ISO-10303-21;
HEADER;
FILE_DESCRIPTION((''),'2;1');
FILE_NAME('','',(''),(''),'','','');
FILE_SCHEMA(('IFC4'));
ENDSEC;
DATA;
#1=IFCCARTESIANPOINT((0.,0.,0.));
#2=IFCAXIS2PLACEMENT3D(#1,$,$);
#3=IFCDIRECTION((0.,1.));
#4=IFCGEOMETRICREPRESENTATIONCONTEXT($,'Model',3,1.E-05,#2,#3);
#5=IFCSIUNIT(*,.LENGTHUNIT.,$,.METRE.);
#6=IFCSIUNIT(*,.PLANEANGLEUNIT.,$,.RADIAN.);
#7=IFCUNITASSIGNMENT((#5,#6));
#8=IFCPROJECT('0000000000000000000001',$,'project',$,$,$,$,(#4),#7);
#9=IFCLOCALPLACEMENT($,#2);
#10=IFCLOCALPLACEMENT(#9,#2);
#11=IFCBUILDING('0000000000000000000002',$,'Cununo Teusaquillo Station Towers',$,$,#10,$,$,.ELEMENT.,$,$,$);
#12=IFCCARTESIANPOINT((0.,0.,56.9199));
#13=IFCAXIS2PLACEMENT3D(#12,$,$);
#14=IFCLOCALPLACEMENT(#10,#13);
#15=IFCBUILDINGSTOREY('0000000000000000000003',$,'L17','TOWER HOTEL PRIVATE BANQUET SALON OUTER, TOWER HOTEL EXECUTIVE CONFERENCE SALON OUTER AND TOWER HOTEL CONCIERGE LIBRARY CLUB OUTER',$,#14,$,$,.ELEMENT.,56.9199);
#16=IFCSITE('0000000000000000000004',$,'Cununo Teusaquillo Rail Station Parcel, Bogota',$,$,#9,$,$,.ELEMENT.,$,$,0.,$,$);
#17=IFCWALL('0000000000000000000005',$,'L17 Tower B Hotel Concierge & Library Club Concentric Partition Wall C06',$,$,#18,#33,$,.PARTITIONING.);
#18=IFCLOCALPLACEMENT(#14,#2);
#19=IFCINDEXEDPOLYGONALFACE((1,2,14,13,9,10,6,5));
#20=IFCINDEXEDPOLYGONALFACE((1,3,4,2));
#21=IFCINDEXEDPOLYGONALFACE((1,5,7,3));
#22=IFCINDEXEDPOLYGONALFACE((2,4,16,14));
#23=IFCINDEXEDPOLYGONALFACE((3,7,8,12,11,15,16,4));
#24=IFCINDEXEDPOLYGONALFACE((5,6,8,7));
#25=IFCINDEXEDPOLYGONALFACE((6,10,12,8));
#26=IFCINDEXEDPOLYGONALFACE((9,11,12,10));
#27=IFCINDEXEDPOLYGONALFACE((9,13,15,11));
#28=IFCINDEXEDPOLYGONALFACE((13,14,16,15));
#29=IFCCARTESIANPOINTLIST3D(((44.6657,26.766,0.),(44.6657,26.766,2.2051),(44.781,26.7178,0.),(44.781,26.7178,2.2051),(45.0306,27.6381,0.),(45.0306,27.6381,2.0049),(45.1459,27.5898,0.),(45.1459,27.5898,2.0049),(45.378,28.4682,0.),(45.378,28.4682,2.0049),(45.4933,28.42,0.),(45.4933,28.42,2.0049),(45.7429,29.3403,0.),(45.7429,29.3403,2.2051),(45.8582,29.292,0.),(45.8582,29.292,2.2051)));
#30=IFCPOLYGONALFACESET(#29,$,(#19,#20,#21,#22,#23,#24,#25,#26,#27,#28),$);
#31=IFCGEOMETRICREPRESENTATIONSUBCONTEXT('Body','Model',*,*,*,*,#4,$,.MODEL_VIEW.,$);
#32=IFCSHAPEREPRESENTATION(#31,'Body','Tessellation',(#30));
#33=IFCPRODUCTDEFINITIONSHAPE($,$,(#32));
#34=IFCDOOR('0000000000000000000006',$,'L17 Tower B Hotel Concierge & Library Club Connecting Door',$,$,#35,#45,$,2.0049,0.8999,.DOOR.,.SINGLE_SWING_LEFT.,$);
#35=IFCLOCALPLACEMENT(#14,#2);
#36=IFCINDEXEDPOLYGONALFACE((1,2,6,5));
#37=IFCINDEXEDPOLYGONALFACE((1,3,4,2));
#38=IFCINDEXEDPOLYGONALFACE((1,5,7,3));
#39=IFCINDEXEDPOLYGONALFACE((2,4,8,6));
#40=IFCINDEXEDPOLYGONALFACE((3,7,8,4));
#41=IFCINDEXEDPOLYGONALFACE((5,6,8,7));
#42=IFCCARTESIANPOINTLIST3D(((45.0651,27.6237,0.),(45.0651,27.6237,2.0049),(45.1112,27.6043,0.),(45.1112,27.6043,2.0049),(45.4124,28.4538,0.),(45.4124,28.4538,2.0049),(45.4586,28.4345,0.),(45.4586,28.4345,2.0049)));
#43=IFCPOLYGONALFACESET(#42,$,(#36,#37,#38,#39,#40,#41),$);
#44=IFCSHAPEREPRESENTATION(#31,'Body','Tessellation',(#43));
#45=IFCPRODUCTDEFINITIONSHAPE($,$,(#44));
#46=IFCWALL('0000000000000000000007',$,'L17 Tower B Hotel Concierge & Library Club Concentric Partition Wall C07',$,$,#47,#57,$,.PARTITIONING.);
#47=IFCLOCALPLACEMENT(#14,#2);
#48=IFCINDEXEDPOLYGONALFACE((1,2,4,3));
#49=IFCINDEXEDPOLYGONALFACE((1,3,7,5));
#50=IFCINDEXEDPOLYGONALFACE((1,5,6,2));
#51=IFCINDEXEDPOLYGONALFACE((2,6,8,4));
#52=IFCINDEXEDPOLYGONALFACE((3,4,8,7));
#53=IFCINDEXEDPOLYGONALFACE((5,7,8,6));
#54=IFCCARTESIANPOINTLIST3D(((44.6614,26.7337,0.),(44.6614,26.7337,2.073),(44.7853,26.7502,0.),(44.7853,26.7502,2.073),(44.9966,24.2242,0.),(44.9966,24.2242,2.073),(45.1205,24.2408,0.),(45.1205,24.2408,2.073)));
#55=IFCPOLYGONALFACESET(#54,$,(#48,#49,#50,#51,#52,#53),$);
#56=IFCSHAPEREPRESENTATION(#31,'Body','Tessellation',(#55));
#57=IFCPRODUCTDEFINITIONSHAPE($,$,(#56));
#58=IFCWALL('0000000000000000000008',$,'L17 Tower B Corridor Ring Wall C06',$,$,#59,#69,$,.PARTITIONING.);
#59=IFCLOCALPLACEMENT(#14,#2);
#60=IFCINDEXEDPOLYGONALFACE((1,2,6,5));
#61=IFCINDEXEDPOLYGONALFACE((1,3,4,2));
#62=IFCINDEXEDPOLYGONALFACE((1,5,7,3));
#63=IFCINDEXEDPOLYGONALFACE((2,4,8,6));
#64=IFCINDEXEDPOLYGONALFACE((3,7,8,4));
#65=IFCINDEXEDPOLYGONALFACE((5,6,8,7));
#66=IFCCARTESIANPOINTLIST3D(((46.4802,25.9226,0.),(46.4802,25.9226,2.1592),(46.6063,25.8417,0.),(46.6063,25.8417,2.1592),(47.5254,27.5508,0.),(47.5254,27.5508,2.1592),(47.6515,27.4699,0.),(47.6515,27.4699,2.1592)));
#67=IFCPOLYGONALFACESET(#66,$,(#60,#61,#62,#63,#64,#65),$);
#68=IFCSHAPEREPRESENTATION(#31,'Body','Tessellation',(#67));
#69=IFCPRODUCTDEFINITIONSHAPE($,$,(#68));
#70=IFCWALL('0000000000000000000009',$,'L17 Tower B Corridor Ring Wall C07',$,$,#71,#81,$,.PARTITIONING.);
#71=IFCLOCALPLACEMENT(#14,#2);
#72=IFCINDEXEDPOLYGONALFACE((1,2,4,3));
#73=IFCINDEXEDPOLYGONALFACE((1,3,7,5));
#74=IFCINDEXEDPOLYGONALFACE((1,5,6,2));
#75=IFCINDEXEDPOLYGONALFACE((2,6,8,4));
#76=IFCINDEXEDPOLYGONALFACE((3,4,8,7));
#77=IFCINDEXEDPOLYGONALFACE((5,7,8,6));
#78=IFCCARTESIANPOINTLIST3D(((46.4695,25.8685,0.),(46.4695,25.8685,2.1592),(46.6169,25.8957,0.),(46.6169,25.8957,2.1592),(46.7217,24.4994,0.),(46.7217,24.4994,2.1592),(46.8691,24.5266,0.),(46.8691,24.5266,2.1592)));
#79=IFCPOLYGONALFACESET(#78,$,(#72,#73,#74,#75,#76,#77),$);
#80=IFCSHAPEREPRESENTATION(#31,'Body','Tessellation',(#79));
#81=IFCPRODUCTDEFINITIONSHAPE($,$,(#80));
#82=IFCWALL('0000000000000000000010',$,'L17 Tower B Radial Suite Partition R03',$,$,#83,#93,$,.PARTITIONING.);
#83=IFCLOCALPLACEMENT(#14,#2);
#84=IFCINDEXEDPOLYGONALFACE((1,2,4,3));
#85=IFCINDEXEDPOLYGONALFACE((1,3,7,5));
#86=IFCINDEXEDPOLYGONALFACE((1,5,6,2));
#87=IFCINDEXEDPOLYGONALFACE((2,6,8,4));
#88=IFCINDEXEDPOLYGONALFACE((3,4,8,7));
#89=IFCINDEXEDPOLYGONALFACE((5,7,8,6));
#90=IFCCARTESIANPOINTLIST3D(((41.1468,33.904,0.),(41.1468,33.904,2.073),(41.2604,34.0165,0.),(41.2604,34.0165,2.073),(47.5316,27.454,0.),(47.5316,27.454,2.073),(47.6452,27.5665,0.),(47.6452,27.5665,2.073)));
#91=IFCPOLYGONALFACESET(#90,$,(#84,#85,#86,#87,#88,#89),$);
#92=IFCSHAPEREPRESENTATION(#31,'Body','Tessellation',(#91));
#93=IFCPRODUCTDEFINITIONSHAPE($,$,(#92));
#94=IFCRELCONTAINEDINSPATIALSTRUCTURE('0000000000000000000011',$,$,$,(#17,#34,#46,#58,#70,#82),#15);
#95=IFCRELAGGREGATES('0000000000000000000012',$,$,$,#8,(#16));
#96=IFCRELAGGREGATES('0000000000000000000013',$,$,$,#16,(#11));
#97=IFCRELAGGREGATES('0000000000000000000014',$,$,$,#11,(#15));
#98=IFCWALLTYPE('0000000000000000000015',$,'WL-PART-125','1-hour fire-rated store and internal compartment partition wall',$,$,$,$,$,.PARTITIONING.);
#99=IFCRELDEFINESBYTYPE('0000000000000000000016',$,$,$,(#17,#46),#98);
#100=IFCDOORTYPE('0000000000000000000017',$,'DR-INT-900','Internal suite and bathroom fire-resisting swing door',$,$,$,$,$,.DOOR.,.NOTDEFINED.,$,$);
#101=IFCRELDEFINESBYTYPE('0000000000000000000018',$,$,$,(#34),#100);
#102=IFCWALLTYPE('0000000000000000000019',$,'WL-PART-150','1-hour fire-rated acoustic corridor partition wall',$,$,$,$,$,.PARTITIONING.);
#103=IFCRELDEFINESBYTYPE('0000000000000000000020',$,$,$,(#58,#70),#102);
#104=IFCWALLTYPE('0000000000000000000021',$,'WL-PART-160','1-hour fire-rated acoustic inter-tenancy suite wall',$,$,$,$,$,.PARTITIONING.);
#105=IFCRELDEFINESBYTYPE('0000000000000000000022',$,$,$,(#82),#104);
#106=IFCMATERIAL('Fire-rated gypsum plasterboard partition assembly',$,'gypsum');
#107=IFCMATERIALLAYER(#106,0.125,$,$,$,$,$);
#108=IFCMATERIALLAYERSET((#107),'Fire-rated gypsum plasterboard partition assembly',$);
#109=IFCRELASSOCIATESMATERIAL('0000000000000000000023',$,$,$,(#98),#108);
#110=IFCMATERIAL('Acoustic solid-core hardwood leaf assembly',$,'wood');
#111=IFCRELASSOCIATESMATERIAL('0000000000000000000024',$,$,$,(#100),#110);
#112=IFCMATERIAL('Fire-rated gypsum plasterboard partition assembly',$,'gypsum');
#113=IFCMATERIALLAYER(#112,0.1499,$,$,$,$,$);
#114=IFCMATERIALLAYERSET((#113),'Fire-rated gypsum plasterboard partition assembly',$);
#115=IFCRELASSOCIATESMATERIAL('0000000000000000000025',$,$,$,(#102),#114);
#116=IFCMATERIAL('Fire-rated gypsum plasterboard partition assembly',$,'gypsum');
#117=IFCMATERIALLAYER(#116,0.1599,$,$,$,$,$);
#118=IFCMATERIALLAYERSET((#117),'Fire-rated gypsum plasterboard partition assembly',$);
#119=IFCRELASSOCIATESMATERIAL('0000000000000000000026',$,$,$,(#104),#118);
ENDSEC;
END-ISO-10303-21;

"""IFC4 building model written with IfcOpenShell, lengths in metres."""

from ifc_helpers import new_model, si_unit, direction, frame, frame_2d, origin, place, context, subcontext, project, spatial, rectangle, extrude, source, transform, mapped, material, layer, layer_set, type_object, element, fill, save


model = new_model("IFC4")

# Units and contexts
model_context = context("Model", 3, precision=1e-05, world=origin(), true_north=direction((0.0, 1.0)))
body_context = subcontext(model_context, "Body", "Model", "MODEL_VIEW")
ifc_project = project(units=[si_unit("LENGTHUNIT", "METRE"), si_unit("PLANEANGLEUNIT", "RADIAN")], contexts=[model_context])

# Site, building, storey
site_placement = place(None, origin())
site = spatial("IfcSite", under=ifc_project, at=site_placement, Name="Cununo Teusaquillo Rail Station Parcel, Bogota", CompositionType="ELEMENT", RefElevation=0.0)
building_placement = place(site_placement, origin())
building = spatial("IfcBuilding", under=site, at=building_placement, Name="Cununo Teusaquillo Station Towers", CompositionType="ELEMENT")
storey_placement = place(building_placement, frame((0.0, 0.0, 56.9199)))
storey = spatial("IfcBuildingStorey", under=building, at=storey_placement, Name="L17", Description="TOWER HOTEL PRIVATE BANQUET SALON OUTER, TOWER HOTEL EXECUTIVE CONFERENCE SALON OUTER AND TOWER HOTEL CONCIERGE LIBRARY CLUB OUTER", CompositionType="ELEMENT", Elevation=56.9199)

# Wall, opening, door
ifc_material_1 = material(Name="Fire-rated gypsum plasterboard partition assembly", Category="gypsum")
ifc_layer_1 = layer(ifc_material_1, 0.125)
ifc_layer_set_1 = layer_set([ifc_layer_1], Name="Fire-rated gypsum plasterboard partition assembly")
wall_type_1 = type_object("IfcWallType", Name="WL-PART-125", Description="1-hour fire-rated store and internal compartment partition wall", PredefinedType="PARTITIONING", material=ifc_layer_set_1)
shared_shape_1 = source(origin(), body_context, "Body", "SweptSolid", [
    extrude(rectangle(XDim=0.8999, YDim=2.0049, at=frame_2d((0.45, 1.0024))), frame((0.0, 0.0725, 0.0), z_axis=(0.0, -1.0, 0.0), x_axis=(1.0, 0.0, 0.0)), (0.0, 0.0, 1.0), 0.145),
])
ifc_material_2 = material(Name="Acoustic solid-core hardwood leaf assembly", Category="wood")
door_type = type_object("IfcDoorType", Name="DR-INT-900", Description="Internal suite and bathroom fire-resisting swing door", OperationType="NOTDEFINED", PredefinedType="DOOR", material=ifc_material_2)
shared_shape_2 = source(origin(), body_context, "Body", "SweptSolid", [
    extrude(rectangle(XDim=0.8999, YDim=2.0049, at=frame_2d((0.45, 1.0024))), frame((0.0, 0.0249, 0.0), z_axis=(0.0, -1.0, 0.0), x_axis=(1.0, 0.0, 0.0)), (0.0, 0.0, 1.0), 0.05),
])
wall_1_placement = place(storey_placement, frame((45.8005, 29.3162, 0.0), z_axis=(0.0, 0.0, 1.0), x_axis=(-0.386007, -0.922496, 0.0)))
wall_1 = element("IfcWall", 1, at=wall_1_placement, inside=storey, type_object=wall_type_1, Name="L17 Tower B Hotel Concierge & Library Club Concentric Partition Wall C06", PredefinedType="PARTITIONING", context=body_context, shape_type="SweptSolid", body=[
    extrude(rectangle(XDim=2.7905, YDim=0.125, at=frame_2d((1.3953, 0.0))), origin(), (0.0, 0.0, 1.0), 2.2051),
])
opening_1_placement = place(wall_1_placement, frame((0.9453, 0.0, 0.0)))
opening_1 = element("IfcOpeningElement", 2, at=opening_1_placement, cuts=wall_1, PredefinedType="OPENING", context=body_context, shape_type="MappedRepresentation", body=[
    mapped(shared_shape_1, transform((0.0, 0.0, 0.0), x_axis=(1.0, 0.0, 0.0), y_axis=(0.0, 1.0, 0.0), z_axis=(0.0, 0.0, 1.0), scale=1.0)),
])
door_1_placement = place(opening_1_placement, origin())
door_1 = element("IfcDoor", 3, at=door_1_placement, inside=storey, type_object=door_type, Name="L17 Tower B Hotel Concierge & Library Club Connecting Door", OperationType="SINGLE_SWING_LEFT", OverallHeight=2.0049, OverallWidth=0.8999, PredefinedType="DOOR", context=body_context, shape_type="MappedRepresentation", body=[
    mapped(shared_shape_2, transform((0.0, 0.0, 0.0), x_axis=(1.0, 0.0, 0.0), y_axis=(0.0, 1.0, 0.0), z_axis=(0.0, 0.0, 1.0), scale=1.0)),
])
fill(opening_1, door_1)

# Walls
wall_2_placement = place(storey_placement, frame((44.7234, 26.7419, 0.0), z_axis=(0.0, 0.0, 1.0), x_axis=(0.132397, -0.991197, 0.0)))
element("IfcWall", 4, at=wall_2_placement, inside=storey, type_object=wall_type_1, Name="L17 Tower B Hotel Concierge & Library Club Concentric Partition Wall C07", PredefinedType="PARTITIONING", context=body_context, shape_type="SweptSolid", body=[
    extrude(rectangle(XDim=2.5317, YDim=0.125, at=frame_2d((1.2659, 0.0))), origin(), (0.0, 0.0, 1.0), 2.073),
])
ifc_material_3 = material(Name="Fire-rated gypsum plasterboard partition assembly", Category="gypsum")
ifc_layer_2 = layer(ifc_material_3, 0.1499)
ifc_layer_set_2 = layer_set([ifc_layer_2], Name="Fire-rated gypsum plasterboard partition assembly")
wall_type_2 = type_object("IfcWallType", Name="WL-PART-150", Description="1-hour fire-rated acoustic corridor partition wall", PredefinedType="PARTITIONING", material=ifc_layer_set_2)
wall_3_placement = place(storey_placement, frame((47.5884, 27.5103, 0.0), z_axis=(0.0, 0.0, 1.0), x_axis=(-0.540203, -0.841535, 0.0)))
element("IfcWall", 5, at=wall_3_placement, inside=storey, type_object=wall_type_2, Name="L17 Tower B Corridor Ring Wall C06", PredefinedType="PARTITIONING", context=body_context, shape_type="SweptSolid", body=[
    extrude(rectangle(XDim=1.9348, YDim=0.1499, at=frame_2d((0.9673, 0.0))), origin(), (0.0, 0.0, 1.0), 2.1592),
])
wall_4_placement = place(storey_placement, frame((46.5432, 25.8821, 0.0), z_axis=(0.0, 0.0, 1.0), x_axis=(0.181154, -0.983455, 0.0)))
element("IfcWall", 6, at=wall_4_placement, inside=storey, type_object=wall_type_2, Name="L17 Tower B Corridor Ring Wall C07", PredefinedType="PARTITIONING", context=body_context, shape_type="SweptSolid", body=[
    extrude(rectangle(XDim=1.3921, YDim=0.1499, at=frame_2d((0.696, 0.0))), origin(), (0.0, 0.0, 1.0), 2.1592),
])
ifc_material_4 = material(Name="Fire-rated gypsum plasterboard partition assembly", Category="gypsum")
ifc_layer_3 = layer(ifc_material_4, 0.1599)
ifc_layer_set_3 = layer_set([ifc_layer_3], Name="Fire-rated gypsum plasterboard partition assembly")
wall_type_3 = type_object("IfcWallType", Name="WL-PART-160", Description="1-hour fire-rated acoustic inter-tenancy suite wall", PredefinedType="PARTITIONING", material=ifc_layer_set_3)
wall_5_placement = place(storey_placement, frame((47.5884, 27.5103, 0.0), z_axis=(0.0, 0.0, 1.0), x_axis=(-0.703506, 0.710689, 0.0)))
element("IfcWall", 7, at=wall_5_placement, inside=storey, type_object=wall_type_3, Name="L17 Tower B Radial Suite Partition R03", PredefinedType="PARTITIONING", context=body_context, shape_type="SweptSolid", body=[
    extrude(rectangle(XDim=9.0757, YDim=0.1599, at=frame_2d((4.5378, 0.0))), origin(), (0.0, 0.0, 1.0), 2.073),
])

save(model, "model.ifc")
